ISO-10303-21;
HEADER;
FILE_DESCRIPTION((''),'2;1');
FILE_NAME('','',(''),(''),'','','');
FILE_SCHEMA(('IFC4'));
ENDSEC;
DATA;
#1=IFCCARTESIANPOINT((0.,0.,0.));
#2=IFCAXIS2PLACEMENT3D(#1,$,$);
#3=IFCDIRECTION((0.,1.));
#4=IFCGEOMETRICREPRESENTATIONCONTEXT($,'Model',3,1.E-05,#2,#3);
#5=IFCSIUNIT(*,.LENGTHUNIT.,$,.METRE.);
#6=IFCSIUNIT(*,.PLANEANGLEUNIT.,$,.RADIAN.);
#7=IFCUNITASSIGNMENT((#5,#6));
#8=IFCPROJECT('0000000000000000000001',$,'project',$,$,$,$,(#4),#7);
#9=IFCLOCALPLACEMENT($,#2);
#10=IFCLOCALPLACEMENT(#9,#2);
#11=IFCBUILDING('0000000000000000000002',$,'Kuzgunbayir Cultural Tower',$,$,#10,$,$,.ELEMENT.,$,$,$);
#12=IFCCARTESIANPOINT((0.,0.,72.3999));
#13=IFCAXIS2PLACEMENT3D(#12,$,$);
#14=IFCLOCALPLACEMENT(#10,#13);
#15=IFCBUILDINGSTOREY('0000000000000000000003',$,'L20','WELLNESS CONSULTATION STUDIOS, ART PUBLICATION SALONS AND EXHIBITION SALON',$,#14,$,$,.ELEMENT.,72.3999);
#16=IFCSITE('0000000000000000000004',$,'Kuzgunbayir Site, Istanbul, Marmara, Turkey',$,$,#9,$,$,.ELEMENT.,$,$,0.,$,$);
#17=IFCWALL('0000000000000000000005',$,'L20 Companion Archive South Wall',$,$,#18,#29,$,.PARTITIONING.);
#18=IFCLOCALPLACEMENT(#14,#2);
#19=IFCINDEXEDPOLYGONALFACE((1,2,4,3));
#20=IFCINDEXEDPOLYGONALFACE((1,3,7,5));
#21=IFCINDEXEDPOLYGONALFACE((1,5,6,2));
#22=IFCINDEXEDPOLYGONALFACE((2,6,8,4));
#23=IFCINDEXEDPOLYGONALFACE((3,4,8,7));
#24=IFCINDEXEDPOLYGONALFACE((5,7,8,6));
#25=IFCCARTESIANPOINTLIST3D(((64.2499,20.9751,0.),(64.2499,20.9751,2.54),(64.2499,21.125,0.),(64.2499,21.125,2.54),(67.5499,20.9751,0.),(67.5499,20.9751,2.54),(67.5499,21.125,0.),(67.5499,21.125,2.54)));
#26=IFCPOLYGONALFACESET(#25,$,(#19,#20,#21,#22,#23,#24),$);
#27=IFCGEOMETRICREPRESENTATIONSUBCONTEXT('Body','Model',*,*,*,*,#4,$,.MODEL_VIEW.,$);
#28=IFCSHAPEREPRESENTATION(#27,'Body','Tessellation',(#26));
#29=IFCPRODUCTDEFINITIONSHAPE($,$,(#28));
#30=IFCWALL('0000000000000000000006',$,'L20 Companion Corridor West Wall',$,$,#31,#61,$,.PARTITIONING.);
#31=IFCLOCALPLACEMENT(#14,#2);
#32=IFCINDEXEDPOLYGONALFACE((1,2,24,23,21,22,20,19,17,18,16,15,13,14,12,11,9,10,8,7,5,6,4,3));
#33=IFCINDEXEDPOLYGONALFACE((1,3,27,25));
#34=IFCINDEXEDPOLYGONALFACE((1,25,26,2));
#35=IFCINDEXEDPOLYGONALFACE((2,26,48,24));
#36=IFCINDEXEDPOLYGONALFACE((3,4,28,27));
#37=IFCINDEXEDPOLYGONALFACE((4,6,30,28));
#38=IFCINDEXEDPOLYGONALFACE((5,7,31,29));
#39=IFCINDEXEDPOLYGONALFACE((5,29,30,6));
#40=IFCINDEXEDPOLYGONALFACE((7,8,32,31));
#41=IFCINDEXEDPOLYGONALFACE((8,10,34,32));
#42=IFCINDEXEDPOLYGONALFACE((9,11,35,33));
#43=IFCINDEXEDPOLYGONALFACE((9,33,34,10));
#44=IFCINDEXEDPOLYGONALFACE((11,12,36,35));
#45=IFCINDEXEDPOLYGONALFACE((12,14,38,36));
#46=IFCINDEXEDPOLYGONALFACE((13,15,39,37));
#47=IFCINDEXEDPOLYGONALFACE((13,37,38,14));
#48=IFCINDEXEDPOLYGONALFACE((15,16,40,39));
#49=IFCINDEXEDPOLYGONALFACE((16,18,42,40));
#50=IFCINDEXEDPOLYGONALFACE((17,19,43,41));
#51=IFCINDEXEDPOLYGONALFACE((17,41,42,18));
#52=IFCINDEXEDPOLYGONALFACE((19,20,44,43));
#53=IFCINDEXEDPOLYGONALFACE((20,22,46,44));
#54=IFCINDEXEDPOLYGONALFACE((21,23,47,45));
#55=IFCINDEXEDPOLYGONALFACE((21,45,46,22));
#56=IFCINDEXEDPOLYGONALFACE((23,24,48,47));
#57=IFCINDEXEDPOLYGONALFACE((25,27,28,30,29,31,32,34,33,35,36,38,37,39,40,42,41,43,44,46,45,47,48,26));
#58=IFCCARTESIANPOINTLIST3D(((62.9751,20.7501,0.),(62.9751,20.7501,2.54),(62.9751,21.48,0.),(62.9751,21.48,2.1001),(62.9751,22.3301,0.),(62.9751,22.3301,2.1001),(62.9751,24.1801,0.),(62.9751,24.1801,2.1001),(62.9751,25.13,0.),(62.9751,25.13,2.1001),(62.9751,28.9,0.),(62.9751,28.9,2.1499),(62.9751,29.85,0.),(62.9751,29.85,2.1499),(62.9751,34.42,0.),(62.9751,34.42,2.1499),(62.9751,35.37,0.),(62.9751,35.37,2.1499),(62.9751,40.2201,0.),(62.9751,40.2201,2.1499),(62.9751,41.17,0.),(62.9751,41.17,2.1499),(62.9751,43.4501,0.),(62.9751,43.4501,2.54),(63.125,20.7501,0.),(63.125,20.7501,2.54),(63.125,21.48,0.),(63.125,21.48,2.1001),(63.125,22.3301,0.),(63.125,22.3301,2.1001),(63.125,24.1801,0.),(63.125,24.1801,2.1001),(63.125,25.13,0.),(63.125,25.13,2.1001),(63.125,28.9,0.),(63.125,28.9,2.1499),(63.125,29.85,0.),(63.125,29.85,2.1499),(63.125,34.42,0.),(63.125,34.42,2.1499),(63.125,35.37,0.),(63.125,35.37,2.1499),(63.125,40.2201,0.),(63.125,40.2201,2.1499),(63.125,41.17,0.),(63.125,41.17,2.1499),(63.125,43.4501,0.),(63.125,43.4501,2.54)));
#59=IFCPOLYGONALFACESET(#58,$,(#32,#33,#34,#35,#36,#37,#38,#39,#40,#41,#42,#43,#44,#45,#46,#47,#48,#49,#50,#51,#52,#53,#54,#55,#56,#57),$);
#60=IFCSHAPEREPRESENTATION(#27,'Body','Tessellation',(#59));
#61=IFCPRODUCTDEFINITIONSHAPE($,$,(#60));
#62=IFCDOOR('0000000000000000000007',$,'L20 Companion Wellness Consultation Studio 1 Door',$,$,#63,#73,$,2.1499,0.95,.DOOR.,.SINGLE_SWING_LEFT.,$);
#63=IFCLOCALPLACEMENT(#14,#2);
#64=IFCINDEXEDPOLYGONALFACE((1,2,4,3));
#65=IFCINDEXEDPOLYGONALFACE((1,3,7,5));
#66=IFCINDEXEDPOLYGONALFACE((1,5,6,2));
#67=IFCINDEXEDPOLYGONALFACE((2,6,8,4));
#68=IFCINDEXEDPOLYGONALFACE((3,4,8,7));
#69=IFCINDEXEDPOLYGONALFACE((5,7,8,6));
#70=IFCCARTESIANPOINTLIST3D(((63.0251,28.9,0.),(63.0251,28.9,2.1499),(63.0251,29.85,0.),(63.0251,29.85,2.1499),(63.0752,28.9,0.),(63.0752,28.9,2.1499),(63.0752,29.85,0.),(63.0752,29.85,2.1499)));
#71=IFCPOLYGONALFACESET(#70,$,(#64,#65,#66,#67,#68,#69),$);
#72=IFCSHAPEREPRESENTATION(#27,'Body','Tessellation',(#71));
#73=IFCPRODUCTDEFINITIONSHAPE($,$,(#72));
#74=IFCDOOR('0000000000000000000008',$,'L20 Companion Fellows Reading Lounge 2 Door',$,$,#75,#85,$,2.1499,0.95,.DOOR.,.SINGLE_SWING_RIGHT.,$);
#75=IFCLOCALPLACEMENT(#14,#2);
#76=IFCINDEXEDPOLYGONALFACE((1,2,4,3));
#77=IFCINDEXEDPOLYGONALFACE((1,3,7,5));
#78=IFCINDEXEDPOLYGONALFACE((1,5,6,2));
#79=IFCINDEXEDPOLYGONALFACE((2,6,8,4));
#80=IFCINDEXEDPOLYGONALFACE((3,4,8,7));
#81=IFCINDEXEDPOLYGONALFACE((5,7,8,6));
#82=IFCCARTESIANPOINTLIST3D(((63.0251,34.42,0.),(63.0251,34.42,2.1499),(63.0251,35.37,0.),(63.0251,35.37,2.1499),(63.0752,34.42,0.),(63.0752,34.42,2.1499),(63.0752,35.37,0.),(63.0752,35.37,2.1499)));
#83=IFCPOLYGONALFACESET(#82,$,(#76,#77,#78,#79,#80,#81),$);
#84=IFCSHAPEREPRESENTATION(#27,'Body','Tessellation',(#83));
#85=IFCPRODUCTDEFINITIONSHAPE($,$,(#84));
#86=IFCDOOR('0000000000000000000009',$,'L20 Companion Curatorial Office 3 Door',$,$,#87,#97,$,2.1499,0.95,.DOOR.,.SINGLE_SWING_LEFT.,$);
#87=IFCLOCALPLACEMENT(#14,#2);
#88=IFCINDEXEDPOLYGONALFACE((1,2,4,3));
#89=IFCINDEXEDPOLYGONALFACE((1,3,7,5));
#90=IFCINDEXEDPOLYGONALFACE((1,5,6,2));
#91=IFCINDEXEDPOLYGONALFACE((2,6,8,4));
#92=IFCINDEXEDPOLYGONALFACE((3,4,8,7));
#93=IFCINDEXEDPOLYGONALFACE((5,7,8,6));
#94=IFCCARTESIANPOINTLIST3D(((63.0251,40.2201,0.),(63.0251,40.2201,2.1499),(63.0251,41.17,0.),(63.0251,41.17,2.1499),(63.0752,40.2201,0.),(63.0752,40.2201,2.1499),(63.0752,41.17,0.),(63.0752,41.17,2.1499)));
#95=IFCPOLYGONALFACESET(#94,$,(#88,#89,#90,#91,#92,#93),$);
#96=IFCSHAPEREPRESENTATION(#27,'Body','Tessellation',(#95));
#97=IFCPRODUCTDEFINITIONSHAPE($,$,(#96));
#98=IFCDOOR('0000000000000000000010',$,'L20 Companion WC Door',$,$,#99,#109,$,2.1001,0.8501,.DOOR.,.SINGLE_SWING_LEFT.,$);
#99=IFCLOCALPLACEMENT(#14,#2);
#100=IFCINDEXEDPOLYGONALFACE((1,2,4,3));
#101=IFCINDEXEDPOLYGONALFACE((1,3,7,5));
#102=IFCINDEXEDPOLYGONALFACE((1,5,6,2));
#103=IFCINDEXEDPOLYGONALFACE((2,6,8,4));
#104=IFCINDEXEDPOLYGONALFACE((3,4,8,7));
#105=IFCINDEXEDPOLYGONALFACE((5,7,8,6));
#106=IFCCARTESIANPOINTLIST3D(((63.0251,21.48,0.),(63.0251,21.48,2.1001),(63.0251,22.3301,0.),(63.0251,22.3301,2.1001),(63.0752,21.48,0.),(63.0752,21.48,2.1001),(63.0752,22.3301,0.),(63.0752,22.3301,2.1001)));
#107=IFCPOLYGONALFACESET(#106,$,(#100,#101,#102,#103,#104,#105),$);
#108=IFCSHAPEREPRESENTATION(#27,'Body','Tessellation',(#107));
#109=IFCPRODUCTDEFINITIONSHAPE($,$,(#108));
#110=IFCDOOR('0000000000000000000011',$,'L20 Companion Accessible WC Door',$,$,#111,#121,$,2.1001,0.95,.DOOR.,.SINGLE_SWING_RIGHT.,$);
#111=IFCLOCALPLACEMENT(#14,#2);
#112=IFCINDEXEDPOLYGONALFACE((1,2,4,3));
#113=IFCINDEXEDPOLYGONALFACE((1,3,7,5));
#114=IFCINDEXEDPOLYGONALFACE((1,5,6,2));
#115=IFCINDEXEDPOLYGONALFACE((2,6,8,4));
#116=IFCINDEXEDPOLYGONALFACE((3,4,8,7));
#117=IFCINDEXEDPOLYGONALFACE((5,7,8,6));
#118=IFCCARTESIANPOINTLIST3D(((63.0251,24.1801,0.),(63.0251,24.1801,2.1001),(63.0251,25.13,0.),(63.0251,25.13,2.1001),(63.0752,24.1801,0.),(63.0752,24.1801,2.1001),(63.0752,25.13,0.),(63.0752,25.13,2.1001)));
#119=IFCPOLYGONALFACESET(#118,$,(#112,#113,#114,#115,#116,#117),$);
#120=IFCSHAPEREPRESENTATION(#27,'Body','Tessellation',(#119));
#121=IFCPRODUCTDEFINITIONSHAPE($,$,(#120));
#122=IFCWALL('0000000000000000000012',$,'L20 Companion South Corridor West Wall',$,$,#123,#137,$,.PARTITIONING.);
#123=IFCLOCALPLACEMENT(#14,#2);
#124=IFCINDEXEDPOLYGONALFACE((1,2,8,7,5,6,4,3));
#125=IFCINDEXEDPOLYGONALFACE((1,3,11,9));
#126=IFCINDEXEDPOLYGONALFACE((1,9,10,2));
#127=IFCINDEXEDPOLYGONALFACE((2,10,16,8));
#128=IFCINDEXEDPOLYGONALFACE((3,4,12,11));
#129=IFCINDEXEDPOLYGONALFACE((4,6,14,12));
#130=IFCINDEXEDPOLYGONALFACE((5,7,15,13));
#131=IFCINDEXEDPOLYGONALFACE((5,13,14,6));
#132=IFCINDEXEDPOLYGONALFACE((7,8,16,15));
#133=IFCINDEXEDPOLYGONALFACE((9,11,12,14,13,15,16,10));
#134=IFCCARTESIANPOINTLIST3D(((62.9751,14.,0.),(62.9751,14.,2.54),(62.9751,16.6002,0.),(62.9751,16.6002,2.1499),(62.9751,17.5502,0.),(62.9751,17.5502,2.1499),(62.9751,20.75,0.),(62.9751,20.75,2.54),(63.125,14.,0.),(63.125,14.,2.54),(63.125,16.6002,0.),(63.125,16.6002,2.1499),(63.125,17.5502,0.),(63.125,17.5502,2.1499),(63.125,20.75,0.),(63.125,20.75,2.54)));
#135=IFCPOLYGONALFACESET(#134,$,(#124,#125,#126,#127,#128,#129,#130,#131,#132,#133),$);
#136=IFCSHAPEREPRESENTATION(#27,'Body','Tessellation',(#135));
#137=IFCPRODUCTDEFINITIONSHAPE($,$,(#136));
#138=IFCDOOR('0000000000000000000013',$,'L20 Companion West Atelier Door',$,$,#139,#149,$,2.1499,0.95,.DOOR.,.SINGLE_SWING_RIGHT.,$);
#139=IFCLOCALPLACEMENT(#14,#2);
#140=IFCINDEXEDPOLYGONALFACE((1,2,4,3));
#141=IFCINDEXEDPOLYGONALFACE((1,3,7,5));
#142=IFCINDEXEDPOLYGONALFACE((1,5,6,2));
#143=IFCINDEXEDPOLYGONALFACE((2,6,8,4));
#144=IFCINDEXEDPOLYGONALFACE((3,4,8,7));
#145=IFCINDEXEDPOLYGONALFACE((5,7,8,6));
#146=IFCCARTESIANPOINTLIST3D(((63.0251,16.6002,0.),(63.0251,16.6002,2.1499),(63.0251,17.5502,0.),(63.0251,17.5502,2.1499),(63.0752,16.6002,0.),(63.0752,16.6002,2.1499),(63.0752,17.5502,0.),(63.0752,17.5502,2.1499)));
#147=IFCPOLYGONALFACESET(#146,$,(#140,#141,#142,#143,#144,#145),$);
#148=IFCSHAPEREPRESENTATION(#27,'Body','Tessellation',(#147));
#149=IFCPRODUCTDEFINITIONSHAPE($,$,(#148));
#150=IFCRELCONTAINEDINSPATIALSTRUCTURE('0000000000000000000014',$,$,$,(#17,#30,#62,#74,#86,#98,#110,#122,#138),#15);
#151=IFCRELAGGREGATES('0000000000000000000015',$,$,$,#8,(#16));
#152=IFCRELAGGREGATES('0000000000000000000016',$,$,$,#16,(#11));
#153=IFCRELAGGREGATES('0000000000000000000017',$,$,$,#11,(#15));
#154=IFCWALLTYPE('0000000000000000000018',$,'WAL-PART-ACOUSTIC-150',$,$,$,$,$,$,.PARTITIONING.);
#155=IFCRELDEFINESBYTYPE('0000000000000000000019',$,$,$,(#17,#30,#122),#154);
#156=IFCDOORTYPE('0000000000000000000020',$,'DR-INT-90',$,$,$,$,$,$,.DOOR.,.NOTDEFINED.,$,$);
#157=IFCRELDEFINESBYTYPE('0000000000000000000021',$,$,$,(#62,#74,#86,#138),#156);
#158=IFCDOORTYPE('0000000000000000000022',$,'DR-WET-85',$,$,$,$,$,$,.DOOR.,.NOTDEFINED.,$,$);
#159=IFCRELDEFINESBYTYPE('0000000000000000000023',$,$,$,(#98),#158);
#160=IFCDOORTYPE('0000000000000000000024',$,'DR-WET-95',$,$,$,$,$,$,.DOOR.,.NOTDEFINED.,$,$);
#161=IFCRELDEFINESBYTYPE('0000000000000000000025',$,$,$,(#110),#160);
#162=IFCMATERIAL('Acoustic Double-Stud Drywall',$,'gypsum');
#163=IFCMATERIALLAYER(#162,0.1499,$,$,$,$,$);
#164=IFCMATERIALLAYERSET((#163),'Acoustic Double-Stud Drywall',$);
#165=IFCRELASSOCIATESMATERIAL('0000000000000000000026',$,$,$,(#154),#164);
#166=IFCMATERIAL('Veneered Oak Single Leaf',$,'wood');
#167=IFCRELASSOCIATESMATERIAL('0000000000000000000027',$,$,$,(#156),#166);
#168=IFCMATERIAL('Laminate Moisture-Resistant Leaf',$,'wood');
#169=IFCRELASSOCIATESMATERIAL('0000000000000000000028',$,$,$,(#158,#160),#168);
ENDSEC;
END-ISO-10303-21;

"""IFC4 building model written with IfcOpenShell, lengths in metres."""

from ifc_helpers import new_model, si_unit, direction, frame, frame_2d, origin, place, context, subcontext, project, spatial, rectangle, extrude, material, layer, layer_set, type_object, element, fill, save


model = new_model("IFC4")

# Units and contexts
model_context = context("Model", 3, precision=1e-05, world=origin(), true_north=direction((0.0, 1.0)))
body_context = subcontext(model_context, "Body", "Model", "MODEL_VIEW")
ifc_project = project(units=[si_unit("LENGTHUNIT", "METRE"), si_unit("PLANEANGLEUNIT", "RADIAN")], contexts=[model_context])

# Site, building, storey
site_placement = place(None, origin())
site = spatial("IfcSite", under=ifc_project, at=site_placement, Name="Kuzgunbayir Site, Istanbul, Marmara, Turkey", CompositionType="ELEMENT", RefElevation=0.0)
building_placement = place(site_placement, origin())
building = spatial("IfcBuilding", under=site, at=building_placement, Name="Kuzgunbayir Cultural Tower", CompositionType="ELEMENT")
storey_placement = place(building_placement, frame((0.0, 0.0, 72.3999)))
storey = spatial("IfcBuildingStorey", under=building, at=storey_placement, Name="L20", Description="WELLNESS CONSULTATION STUDIOS, ART PUBLICATION SALONS AND EXHIBITION SALON", CompositionType="ELEMENT", Elevation=72.3999)

# Shared definitions
ifc_material_1 = material(Name="Acoustic Double-Stud Drywall", Category="gypsum")
ifc_layer_1 = layer(ifc_material_1, 0.1499)
ifc_layer_set_1 = layer_set([ifc_layer_1], Name="Acoustic Double-Stud Drywall")
wall_type_1 = type_object("IfcWallType", Name="WAL-PART-ACOUSTIC-150", PredefinedType="PARTITIONING", material=ifc_layer_set_1)
ifc_material_2 = material(Name="Veneered Oak Single Leaf", Category="wood")
door_type_1 = type_object("IfcDoorType", Name="DR-INT-90", OperationType="NOTDEFINED", PredefinedType="DOOR", material=ifc_material_2)

# Wall
wall_1_placement = place(storey_placement, frame((64.25, 21.05, 0.0), z_axis=(0.0, 0.0, 1.0), x_axis=(1.0, 0.0, 0.0)))
element("IfcWall", 1, at=wall_1_placement, inside=storey, type_object=wall_type_1, Name="L20 Companion Archive South Wall", PredefinedType="PARTITIONING", context=body_context, shape_type="SweptSolid", body=[
    extrude(rectangle(XDim=3.3, YDim=0.1499, at=frame_2d((1.6499, 0.0))), origin(), (0.0, 0.0, 1.0), 2.54),
])

# Wall, openings, doors
wall_2_placement = place(storey_placement, frame((63.05, 20.75, 0.0), z_axis=(0.0, 0.0, 1.0), x_axis=(0.0, 1.0, 0.0)))
wall_2 = element("IfcWall", 2, at=wall_2_placement, inside=storey, type_object=wall_type_1, Name="L20 Companion Corridor West Wall", PredefinedType="PARTITIONING", context=body_context, shape_type="SweptSolid", body=[
    extrude(rectangle(XDim=22.7, YDim=0.1499, at=frame_2d((11.3501, 0.0))), origin(), (0.0, 0.0, 1.0), 2.54),
])
opening_1_placement = place(wall_2_placement, frame((0.73, 0.0, 0.0)))
opening_1 = element("IfcOpeningElement", 3, at=opening_1_placement, cuts=wall_2, PredefinedType="OPENING", context=body_context, shape_type="SweptSolid", body=[
    extrude(rectangle(XDim=0.8501, YDim=2.1001, at=frame_2d((0.425, 1.05))), frame((0.0, 0.085, 0.0), z_axis=(0.0, -1.0, 0.0), x_axis=(1.0, 0.0, 0.0)), (0.0, 0.0, 1.0), 0.1699),
])
opening_2_placement = place(wall_2_placement, frame((3.4299, 0.0, 0.0)))
opening_2 = element("IfcOpeningElement", 4, at=opening_2_placement, cuts=wall_2, PredefinedType="OPENING", context=body_context, shape_type="SweptSolid", body=[
    extrude(rectangle(XDim=0.95, YDim=2.1001, at=frame_2d((0.4751, 1.05))), frame((0.0, 0.085, 0.0), z_axis=(0.0, -1.0, 0.0), x_axis=(1.0, 0.0, 0.0)), (0.0, 0.0, 1.0), 0.1699),
])
opening_3_placement = place(wall_2_placement, frame((8.1499, 0.0, 0.0)))
opening_3 = element("IfcOpeningElement", 5, at=opening_3_placement, cuts=wall_2, PredefinedType="OPENING", context=body_context, shape_type="SweptSolid", body=[
    extrude(rectangle(XDim=0.95, YDim=2.1499, at=frame_2d((0.4751, 1.075))), frame((0.0, 0.085, 0.0), z_axis=(0.0, -1.0, 0.0), x_axis=(1.0, 0.0, 0.0)), (0.0, 0.0, 1.0), 0.1699),
])
opening_4_placement = place(wall_2_placement, frame((13.6699, 0.0, 0.0)))
opening_4 = element("IfcOpeningElement", 6, at=opening_4_placement, cuts=wall_2, PredefinedType="OPENING", context=body_context, shape_type="SweptSolid", body=[
    extrude(rectangle(XDim=0.95, YDim=2.1499, at=frame_2d((0.4751, 1.075))), frame((0.0, 0.085, 0.0), z_axis=(0.0, -1.0, 0.0), x_axis=(1.0, 0.0, 0.0)), (0.0, 0.0, 1.0), 0.1699),
])
opening_5_placement = place(wall_2_placement, frame((19.47, 0.0, 0.0)))
opening_5 = element("IfcOpeningElement", 7, at=opening_5_placement, cuts=wall_2, PredefinedType="OPENING", context=body_context, shape_type="SweptSolid", body=[
    extrude(rectangle(XDim=0.95, YDim=2.1499, at=frame_2d((0.4751, 1.075))), frame((0.0, 0.085, 0.0), z_axis=(0.0, -1.0, 0.0), x_axis=(1.0, 0.0, 0.0)), (0.0, 0.0, 1.0), 0.1699),
])
door_1_placement = place(opening_3_placement, origin())
door_1 = element("IfcDoor", 8, at=door_1_placement, inside=storey, type_object=door_type_1, Name="L20 Companion Wellness Consultation Studio 1 Door", OperationType="SINGLE_SWING_LEFT", OverallHeight=2.1499, OverallWidth=0.95, PredefinedType="DOOR", context=body_context, shape_type="SweptSolid", body=[
    extrude(rectangle(XDim=0.95, YDim=2.1499, at=frame_2d((0.4751, 1.075))), frame((0.0, 0.0249, 0.0), z_axis=(0.0, -1.0, 0.0), x_axis=(1.0, 0.0, 0.0)), (0.0, 0.0, 1.0), 0.05),
])
fill(opening_3, door_1)
door_2_placement = place(opening_4_placement, origin())
door_2 = element("IfcDoor", 9, at=door_2_placement, inside=storey, type_object=door_type_1, Name="L20 Companion Fellows Reading Lounge 2 Door", OperationType="SINGLE_SWING_RIGHT", OverallHeight=2.1499, OverallWidth=0.95, PredefinedType="DOOR", context=body_context, shape_type="SweptSolid", body=[
    extrude(rectangle(XDim=0.95, YDim=2.1499, at=frame_2d((0.4751, 1.075))), frame((0.0, 0.0249, 0.0), z_axis=(0.0, -1.0, 0.0), x_axis=(1.0, 0.0, 0.0)), (0.0, 0.0, 1.0), 0.05),
])
fill(opening_4, door_2)
door_3_placement = place(opening_5_placement, origin())
door_3 = element("IfcDoor", 10, at=door_3_placement, inside=storey, type_object=door_type_1, Name="L20 Companion Curatorial Office 3 Door", OperationType="SINGLE_SWING_LEFT", OverallHeight=2.1499, OverallWidth=0.95, PredefinedType="DOOR", context=body_context, shape_type="SweptSolid", body=[
    extrude(rectangle(XDim=0.95, YDim=2.1499, at=frame_2d((0.4751, 1.075))), frame((0.0, 0.0249, 0.0), z_axis=(0.0, -1.0, 0.0), x_axis=(1.0, 0.0, 0.0)), (0.0, 0.0, 1.0), 0.05),
])
fill(opening_5, door_3)
ifc_material_3 = material(Name="Laminate Moisture-Resistant Leaf", Category="wood")
door_type_2 = type_object("IfcDoorType", Name="DR-WET-85", OperationType="NOTDEFINED", PredefinedType="DOOR", material=ifc_material_3)
door_4_placement = place(opening_1_placement, origin())
door_4 = element("IfcDoor", 11, at=door_4_placement, inside=storey, type_object=door_type_2, Name="L20 Companion WC Door", OperationType="SINGLE_SWING_LEFT", OverallHeight=2.1001, OverallWidth=0.8501, PredefinedType="DOOR", context=body_context, shape_type="SweptSolid", body=[
    extrude(rectangle(XDim=0.8501, YDim=2.1001, at=frame_2d((0.425, 1.05))), frame((0.0, 0.0249, 0.0), z_axis=(0.0, -1.0, 0.0), x_axis=(1.0, 0.0, 0.0)), (0.0, 0.0, 1.0), 0.05),
])
fill(opening_1, door_4)
door_type_3 = type_object("IfcDoorType", Name="DR-WET-95", OperationType="NOTDEFINED", PredefinedType="DOOR", material=ifc_material_3)
door_5_placement = place(opening_2_placement, origin())
door_5 = element("IfcDoor", 12, at=door_5_placement, inside=storey, type_object=door_type_3, Name="L20 Companion Accessible WC Door", OperationType="SINGLE_SWING_RIGHT", OverallHeight=2.1001, OverallWidth=0.95, PredefinedType="DOOR", context=body_context, shape_type="SweptSolid", body=[
    extrude(rectangle(XDim=0.95, YDim=2.1001, at=frame_2d((0.4751, 1.05))), frame((0.0, 0.0249, 0.0), z_axis=(0.0, -1.0, 0.0), x_axis=(1.0, 0.0, 0.0)), (0.0, 0.0, 1.0), 0.05),
])
fill(opening_2, door_5)

# Wall, opening, door
wall_3_placement = place(storey_placement, frame((63.05, 14.0, 0.0), z_axis=(0.0, 0.0, 1.0), x_axis=(0.0, 1.0, 0.0)))
wall_3 = element("IfcWall", 13, at=wall_3_placement, inside=storey, type_object=wall_type_1, Name="L20 Companion South Corridor West Wall", PredefinedType="PARTITIONING", context=body_context, shape_type="SweptSolid", body=[
    extrude(rectangle(XDim=6.75, YDim=0.1499, at=frame_2d((3.375, 0.0))), origin(), (0.0, 0.0, 1.0), 2.54),
])
opening_6_placement = place(wall_3_placement, frame((2.6001, 0.0, 0.0)))
opening_6 = element("IfcOpeningElement", 14, at=opening_6_placement, cuts=wall_3, PredefinedType="OPENING", context=body_context, shape_type="SweptSolid", body=[
    extrude(rectangle(XDim=0.95, YDim=2.1499, at=frame_2d((0.4751, 1.075))), frame((0.0, 0.085, 0.0), z_axis=(0.0, -1.0, 0.0), x_axis=(1.0, 0.0, 0.0)), (0.0, 0.0, 1.0), 0.1699),
])
door_6_placement = place(opening_6_placement, origin())
door_6 = element("IfcDoor", 15, at=door_6_placement, inside=storey, type_object=door_type_1, Name="L20 Companion West Atelier Door", OperationType="SINGLE_SWING_RIGHT", OverallHeight=2.1499, OverallWidth=0.95, PredefinedType="DOOR", context=body_context, shape_type="SweptSolid", body=[
    extrude(rectangle(XDim=0.95, YDim=2.1499, at=frame_2d((0.4751, 1.075))), frame((0.0, 0.0249, 0.0), z_axis=(0.0, -1.0, 0.0), x_axis=(1.0, 0.0, 0.0)), (0.0, 0.0, 1.0), 0.05),
])
fill(opening_6, door_6)

save(model, "model.ifc")
